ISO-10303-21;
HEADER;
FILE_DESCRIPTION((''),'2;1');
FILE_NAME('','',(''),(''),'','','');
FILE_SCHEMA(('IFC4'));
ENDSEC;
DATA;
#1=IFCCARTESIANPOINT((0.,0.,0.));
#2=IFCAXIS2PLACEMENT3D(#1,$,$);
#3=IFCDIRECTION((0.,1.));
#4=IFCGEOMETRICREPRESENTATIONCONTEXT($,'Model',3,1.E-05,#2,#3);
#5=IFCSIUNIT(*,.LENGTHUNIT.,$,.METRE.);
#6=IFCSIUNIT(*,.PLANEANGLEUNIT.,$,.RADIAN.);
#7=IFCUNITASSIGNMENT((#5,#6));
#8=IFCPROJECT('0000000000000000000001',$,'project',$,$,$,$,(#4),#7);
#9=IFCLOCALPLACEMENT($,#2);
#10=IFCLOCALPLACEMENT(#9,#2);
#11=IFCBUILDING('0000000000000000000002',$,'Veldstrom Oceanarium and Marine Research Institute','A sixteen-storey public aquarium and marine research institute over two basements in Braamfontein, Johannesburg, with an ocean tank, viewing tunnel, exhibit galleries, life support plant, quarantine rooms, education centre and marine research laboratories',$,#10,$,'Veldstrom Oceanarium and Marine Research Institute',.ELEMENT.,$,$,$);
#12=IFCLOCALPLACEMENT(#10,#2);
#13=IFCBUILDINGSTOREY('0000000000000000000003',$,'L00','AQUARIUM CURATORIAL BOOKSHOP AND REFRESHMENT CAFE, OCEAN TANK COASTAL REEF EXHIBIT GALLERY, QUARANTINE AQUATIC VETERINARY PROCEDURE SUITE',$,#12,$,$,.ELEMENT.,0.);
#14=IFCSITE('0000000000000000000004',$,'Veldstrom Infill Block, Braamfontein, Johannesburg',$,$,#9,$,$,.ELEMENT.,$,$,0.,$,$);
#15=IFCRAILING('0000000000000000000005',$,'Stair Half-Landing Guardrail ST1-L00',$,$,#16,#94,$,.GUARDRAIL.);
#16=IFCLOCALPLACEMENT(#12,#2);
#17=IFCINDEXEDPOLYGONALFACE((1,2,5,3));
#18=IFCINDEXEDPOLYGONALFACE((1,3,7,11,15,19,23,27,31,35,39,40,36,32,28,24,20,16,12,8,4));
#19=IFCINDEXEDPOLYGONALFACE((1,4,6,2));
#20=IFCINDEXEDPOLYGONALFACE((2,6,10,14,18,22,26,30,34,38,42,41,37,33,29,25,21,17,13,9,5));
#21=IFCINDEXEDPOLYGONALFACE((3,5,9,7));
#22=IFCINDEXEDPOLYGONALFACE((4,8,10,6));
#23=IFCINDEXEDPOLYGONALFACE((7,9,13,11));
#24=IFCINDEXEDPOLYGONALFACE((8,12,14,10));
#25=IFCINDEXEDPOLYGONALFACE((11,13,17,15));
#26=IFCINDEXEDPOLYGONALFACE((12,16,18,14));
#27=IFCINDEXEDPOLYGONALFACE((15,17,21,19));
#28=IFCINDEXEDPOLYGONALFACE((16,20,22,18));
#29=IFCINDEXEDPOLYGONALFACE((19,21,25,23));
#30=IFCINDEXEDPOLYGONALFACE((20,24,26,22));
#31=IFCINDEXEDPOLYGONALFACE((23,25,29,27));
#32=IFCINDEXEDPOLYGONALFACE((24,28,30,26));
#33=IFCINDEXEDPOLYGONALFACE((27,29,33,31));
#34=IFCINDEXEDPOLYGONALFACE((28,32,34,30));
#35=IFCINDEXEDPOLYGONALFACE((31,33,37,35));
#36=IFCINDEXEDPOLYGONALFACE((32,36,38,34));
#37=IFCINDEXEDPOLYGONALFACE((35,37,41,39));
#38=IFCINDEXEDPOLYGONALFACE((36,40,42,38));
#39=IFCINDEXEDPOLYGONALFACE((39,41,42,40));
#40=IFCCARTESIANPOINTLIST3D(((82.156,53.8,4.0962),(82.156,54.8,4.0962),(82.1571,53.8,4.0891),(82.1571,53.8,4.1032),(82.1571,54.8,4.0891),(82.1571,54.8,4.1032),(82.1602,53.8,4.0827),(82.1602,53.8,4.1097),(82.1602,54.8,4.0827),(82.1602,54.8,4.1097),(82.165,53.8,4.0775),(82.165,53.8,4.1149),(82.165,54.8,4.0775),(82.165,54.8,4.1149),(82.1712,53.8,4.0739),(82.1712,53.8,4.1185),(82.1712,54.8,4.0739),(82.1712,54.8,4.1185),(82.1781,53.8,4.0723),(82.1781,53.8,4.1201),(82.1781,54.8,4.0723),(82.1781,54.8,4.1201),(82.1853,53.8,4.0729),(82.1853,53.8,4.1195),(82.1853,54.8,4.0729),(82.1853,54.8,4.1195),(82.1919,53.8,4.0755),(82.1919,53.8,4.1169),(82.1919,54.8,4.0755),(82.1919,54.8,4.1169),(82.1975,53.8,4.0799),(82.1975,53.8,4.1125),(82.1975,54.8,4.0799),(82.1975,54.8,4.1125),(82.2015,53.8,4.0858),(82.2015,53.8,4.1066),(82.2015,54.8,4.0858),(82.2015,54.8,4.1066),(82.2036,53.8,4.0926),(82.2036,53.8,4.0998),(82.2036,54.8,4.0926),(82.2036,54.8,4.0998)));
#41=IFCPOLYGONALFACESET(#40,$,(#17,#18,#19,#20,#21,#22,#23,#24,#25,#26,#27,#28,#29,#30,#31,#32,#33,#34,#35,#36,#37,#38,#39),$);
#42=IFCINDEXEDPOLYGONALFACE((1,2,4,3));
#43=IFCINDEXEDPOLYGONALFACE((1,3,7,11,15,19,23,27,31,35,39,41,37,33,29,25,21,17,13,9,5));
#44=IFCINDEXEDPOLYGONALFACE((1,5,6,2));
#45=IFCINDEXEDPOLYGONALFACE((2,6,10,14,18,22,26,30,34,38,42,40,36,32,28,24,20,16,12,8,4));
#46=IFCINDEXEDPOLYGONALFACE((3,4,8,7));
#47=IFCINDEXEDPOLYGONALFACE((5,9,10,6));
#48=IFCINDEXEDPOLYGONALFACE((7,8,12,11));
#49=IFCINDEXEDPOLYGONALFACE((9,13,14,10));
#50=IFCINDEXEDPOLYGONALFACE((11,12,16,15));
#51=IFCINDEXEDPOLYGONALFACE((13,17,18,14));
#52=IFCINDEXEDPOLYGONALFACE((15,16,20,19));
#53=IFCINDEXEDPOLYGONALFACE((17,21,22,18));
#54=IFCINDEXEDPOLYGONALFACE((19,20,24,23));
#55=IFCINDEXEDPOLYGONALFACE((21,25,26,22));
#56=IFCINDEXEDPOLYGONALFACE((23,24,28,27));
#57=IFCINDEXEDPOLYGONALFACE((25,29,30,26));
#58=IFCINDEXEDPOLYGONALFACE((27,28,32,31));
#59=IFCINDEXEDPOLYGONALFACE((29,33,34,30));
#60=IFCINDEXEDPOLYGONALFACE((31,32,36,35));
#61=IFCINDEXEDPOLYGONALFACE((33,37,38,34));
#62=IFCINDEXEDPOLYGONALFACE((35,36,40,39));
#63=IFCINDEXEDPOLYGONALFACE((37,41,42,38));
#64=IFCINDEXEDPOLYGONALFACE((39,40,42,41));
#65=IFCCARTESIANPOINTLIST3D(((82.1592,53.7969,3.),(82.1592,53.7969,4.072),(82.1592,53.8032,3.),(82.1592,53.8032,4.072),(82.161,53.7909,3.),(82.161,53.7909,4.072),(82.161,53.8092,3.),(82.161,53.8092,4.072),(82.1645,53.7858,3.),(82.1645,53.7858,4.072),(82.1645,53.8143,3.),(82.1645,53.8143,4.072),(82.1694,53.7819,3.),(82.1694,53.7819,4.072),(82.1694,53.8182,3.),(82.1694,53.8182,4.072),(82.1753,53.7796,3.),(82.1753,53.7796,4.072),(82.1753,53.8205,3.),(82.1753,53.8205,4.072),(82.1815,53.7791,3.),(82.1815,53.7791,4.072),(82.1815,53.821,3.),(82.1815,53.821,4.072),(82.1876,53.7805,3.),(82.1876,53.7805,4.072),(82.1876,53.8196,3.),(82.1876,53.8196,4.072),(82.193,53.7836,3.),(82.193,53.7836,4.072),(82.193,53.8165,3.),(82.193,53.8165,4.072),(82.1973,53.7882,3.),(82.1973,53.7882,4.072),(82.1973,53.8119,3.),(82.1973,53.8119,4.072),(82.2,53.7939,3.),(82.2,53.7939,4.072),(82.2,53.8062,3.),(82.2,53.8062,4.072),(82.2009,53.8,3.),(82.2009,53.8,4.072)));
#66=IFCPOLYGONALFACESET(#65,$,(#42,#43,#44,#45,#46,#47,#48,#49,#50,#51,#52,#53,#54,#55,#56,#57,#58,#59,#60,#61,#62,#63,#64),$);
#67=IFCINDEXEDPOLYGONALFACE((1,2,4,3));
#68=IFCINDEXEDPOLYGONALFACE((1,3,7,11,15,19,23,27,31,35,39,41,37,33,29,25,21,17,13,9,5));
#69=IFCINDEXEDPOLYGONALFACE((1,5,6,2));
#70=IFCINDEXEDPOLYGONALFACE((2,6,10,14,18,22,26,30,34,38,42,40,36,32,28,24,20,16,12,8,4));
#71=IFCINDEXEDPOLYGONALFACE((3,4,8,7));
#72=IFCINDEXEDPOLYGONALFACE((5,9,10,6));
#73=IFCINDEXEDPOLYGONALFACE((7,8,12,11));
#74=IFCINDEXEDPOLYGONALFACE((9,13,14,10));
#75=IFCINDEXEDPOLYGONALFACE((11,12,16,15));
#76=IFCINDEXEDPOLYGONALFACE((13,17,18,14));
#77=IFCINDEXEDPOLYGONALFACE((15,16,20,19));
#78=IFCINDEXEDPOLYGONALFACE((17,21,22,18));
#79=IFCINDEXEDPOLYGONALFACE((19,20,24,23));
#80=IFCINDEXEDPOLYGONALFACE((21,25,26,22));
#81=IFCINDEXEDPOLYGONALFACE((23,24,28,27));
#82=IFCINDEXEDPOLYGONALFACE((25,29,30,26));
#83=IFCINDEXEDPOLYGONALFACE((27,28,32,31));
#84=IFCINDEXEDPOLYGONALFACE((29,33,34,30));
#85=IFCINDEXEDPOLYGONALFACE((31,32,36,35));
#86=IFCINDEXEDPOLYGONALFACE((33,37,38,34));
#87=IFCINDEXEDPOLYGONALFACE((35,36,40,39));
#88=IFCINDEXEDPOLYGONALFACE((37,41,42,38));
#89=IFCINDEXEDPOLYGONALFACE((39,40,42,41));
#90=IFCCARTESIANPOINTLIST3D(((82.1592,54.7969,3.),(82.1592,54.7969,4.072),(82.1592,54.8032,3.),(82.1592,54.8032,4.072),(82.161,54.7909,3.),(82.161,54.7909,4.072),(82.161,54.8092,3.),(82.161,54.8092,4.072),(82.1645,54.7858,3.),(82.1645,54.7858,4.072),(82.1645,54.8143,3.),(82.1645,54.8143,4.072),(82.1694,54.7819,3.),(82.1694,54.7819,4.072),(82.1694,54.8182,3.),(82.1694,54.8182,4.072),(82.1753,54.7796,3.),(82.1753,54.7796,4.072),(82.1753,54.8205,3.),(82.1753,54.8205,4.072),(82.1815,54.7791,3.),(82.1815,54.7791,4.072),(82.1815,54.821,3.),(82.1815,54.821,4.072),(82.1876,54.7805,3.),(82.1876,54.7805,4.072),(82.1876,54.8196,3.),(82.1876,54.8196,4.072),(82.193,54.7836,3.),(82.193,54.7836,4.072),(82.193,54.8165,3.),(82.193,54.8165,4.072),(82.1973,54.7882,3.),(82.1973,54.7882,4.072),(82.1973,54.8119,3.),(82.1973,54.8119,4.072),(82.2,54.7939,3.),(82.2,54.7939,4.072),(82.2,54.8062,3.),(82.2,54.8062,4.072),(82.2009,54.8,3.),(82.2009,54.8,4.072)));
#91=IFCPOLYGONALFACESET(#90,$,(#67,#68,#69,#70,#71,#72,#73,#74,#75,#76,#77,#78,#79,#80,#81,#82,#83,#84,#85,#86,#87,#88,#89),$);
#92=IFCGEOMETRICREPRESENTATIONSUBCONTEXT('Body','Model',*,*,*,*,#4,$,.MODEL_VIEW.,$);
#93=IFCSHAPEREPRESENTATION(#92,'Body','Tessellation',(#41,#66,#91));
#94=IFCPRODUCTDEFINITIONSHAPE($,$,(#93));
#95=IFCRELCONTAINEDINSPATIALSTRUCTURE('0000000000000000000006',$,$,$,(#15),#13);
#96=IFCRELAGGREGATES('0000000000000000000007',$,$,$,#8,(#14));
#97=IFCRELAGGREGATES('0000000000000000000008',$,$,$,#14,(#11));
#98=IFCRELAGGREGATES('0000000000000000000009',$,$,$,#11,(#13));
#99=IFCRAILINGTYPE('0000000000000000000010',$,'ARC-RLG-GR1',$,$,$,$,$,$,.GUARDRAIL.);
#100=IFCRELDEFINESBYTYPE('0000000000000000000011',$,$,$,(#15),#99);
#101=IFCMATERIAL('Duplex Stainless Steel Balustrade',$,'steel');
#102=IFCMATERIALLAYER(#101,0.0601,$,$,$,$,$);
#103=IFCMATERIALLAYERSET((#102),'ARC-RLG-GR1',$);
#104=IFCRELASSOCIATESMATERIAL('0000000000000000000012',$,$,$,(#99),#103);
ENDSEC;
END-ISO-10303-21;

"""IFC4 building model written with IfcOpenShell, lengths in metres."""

from ifc_helpers import new_model, si_unit, direction, frame, origin, origin_2d, place, context, subcontext, project, spatial, circle, extrude, material, layer, layer_set, type_object, element, save


model = new_model("IFC4")

# Units and contexts
model_context = context("Model", 3, precision=1e-05, world=origin(), true_north=direction((0.0, 1.0)))
body_context = subcontext(model_context, "Body", "Model", "MODEL_VIEW")
ifc_project = project(units=[si_unit("LENGTHUNIT", "METRE"), si_unit("PLANEANGLEUNIT", "RADIAN")], contexts=[model_context])

# Site, building, storey
site_placement = place(None, origin())
site = spatial("IfcSite", under=ifc_project, at=site_placement, Name="Veldstrom Infill Block, Braamfontein, Johannesburg", CompositionType="ELEMENT", RefElevation=0.0)
building_placement = place(site_placement, origin())
building = spatial("IfcBuilding", under=site, at=building_placement, Name="Veldstrom Oceanarium and Marine Research Institute", Description="A sixteen-storey public aquarium and marine research institute over two basements in Braamfontein, Johannesburg, with an ocean tank, viewing tunnel, exhibit galleries, life support plant, quarantine rooms, education centre and marine research laboratories", LongName="Veldstrom Oceanarium and Marine Research Institute", CompositionType="ELEMENT")
storey_placement = place(building_placement, origin())
storey = spatial("IfcBuildingStorey", under=building, at=storey_placement, Name="L00", Description="AQUARIUM CURATORIAL BOOKSHOP AND REFRESHMENT CAFE, OCEAN TANK COASTAL REEF EXHIBIT GALLERY, QUARANTINE AQUATIC VETERINARY PROCEDURE SUITE", CompositionType="ELEMENT", Elevation=0.0)

# Railing
ifc_material_1 = material(Name="Duplex Stainless Steel Balustrade", Category="steel")
ifc_layer_1 = layer(ifc_material_1, 0.0601)
ifc_layer_set_1 = layer_set([ifc_layer_1], Name="ARC-RLG-GR1")
railing_type_1 = type_object("IfcRailingType", Name="ARC-RLG-GR1", PredefinedType="GUARDRAIL", material=ifc_layer_set_1)
railing_1_placement = place(storey_placement, frame((82.1799, 53.8, 3.0)))
element("IfcRailing", 1, at=railing_1_placement, inside=storey, type_object=railing_type_1, Name="Stair Half-Landing Guardrail ST1-L00", PredefinedType="GUARDRAIL", context=body_context, shape_type="SweptSolid", body=[
    extrude(circle(Radius=0.0239, at=origin_2d()), frame((0.0, 0.0, 1.0962), z_axis=(0.0, 1.0, 0.0), x_axis=(-1.0, 0.0, 0.0)), (0.0, 0.0, 1.0), 1.0),
    extrude(circle(Radius=0.021, at=origin_2d()), origin(), (0.0, 0.0, 1.0), 1.072),
    extrude(circle(Radius=0.021, at=origin_2d()), frame((0.0, 1.0, 0.0)), (0.0, 0.0, 1.0), 1.072),
])

save(model, "model.ifc")
